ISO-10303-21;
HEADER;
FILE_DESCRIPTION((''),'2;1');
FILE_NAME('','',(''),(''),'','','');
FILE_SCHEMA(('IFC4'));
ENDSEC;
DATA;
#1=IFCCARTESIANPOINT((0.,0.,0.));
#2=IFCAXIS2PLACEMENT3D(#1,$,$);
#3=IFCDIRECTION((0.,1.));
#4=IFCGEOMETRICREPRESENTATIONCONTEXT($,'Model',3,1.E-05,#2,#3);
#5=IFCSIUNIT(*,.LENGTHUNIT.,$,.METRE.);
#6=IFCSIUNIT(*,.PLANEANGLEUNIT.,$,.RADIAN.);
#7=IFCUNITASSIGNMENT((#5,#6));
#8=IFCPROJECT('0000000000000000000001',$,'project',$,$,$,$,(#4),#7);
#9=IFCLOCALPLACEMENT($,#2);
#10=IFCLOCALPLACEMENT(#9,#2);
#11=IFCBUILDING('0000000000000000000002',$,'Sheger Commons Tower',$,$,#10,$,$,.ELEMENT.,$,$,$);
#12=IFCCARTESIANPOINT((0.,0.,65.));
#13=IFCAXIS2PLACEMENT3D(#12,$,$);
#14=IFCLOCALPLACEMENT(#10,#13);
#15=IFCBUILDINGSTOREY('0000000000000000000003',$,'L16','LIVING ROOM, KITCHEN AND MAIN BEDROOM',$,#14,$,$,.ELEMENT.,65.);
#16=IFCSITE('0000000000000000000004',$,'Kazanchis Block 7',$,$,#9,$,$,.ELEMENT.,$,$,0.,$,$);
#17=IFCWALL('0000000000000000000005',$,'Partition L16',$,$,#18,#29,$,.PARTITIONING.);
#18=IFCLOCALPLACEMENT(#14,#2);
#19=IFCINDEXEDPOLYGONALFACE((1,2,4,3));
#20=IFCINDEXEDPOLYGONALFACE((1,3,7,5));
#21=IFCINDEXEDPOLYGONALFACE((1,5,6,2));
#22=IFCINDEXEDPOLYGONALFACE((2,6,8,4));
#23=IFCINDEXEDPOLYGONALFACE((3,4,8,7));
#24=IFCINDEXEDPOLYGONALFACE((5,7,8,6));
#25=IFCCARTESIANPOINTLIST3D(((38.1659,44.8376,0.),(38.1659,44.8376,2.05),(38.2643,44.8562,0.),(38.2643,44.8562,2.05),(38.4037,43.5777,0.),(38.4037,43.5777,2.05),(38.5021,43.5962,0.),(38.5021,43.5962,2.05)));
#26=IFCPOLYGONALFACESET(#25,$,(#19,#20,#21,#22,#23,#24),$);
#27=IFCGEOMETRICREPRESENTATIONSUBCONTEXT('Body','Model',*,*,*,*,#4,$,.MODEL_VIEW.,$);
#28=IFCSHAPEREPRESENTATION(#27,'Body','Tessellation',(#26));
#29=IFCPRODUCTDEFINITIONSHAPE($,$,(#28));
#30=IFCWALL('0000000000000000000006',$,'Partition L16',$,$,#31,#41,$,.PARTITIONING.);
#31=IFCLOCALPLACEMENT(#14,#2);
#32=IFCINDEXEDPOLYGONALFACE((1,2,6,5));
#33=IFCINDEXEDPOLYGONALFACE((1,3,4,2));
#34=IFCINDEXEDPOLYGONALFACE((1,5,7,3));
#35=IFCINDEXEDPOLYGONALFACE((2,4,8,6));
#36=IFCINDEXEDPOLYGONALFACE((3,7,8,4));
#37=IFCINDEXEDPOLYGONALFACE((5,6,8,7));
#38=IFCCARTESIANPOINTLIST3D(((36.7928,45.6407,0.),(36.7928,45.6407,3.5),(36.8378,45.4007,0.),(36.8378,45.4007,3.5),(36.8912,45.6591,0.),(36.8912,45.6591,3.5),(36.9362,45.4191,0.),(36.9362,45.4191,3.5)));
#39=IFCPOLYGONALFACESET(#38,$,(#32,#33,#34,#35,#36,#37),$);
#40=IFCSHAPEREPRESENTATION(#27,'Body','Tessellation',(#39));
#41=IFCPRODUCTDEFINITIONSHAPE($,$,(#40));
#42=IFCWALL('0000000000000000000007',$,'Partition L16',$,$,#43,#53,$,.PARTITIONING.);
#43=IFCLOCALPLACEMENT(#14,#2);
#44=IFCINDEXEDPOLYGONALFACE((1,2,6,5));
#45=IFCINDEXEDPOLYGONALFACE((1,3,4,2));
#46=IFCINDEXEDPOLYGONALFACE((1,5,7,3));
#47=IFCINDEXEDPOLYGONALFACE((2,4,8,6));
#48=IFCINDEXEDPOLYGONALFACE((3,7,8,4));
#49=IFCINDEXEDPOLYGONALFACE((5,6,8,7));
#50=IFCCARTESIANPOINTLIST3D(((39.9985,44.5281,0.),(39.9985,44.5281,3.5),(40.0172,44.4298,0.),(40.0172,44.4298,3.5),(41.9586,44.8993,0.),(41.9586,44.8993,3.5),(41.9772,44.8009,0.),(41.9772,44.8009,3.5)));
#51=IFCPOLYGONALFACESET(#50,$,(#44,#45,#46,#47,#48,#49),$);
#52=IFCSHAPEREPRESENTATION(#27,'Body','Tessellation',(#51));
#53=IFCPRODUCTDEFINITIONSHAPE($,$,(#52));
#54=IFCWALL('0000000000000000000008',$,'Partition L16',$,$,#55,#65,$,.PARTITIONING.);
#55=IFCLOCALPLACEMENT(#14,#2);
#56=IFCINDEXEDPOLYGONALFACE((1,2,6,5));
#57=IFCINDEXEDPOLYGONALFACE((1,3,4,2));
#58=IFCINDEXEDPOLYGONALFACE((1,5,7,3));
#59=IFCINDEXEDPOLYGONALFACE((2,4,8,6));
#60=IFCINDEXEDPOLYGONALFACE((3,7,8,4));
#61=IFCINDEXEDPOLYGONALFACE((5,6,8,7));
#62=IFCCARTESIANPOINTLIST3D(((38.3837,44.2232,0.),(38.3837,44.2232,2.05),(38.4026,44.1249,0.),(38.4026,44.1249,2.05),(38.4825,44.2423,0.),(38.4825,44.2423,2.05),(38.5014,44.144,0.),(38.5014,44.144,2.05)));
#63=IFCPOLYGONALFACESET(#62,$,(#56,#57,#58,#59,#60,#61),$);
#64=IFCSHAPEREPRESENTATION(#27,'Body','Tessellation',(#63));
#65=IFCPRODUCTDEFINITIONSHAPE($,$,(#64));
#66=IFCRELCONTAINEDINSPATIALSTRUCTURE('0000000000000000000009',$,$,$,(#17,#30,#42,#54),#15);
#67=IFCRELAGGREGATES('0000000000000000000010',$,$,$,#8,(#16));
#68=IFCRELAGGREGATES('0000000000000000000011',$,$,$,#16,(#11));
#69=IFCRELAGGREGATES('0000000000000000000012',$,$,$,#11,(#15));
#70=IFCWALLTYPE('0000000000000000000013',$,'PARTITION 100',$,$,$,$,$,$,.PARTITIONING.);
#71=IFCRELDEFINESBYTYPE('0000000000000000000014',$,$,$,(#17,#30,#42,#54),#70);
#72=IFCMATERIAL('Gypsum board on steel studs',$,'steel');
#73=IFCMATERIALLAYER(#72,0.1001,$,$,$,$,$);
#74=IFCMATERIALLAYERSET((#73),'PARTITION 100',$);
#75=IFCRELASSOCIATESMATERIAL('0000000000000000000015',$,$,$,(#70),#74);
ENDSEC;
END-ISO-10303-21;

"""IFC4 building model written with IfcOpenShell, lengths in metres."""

from ifc_helpers import new_model, si_unit, direction, frame, frame_2d, origin, place, context, subcontext, project, spatial, rectangle, extrude, material, layer, layer_set, type_object, element, save


model = new_model("IFC4")

# Units and contexts
model_context = context("Model", 3, precision=1e-05, world=origin(), true_north=direction((0.0, 1.0)))
body_context = subcontext(model_context, "Body", "Model", "MODEL_VIEW")
ifc_project = project(units=[si_unit("LENGTHUNIT", "METRE"), si_unit("PLANEANGLEUNIT", "RADIAN")], contexts=[model_context])

# Site, building, storey
site_placement = place(None, origin())
site = spatial("IfcSite", under=ifc_project, at=site_placement, Name="Kazanchis Block 7", CompositionType="ELEMENT", RefElevation=0.0)
building_placement = place(site_placement, origin())
building = spatial("IfcBuilding", under=site, at=building_placement, Name="Sheger Commons Tower", CompositionType="ELEMENT")
storey_placement = place(building_placement, frame((0.0, 0.0, 65.0)))
storey = spatial("IfcBuildingStorey", under=building, at=storey_placement, Name="L16", Description="LIVING ROOM, KITCHEN AND MAIN BEDROOM", CompositionType="ELEMENT", Elevation=65.0)

# Walls
ifc_material_1 = material(Name="Gypsum board on steel studs", Category="steel")
ifc_layer_1 = layer(ifc_material_1, 0.1001)
ifc_layer_set_1 = layer_set([ifc_layer_1], Name="PARTITION 100")
wall_type_1 = type_object("IfcWallType", Name="PARTITION 100", PredefinedType="PARTITIONING", material=ifc_layer_set_1)
wall_1_placement = place(storey_placement, frame((38.2151, 44.8469, 0.0), z_axis=(0.0, 0.0, 1.0), x_axis=(0.185449, -0.982654, 0.0)))
element("IfcWall", 1, at=wall_1_placement, inside=storey, type_object=wall_type_1, Name="Partition L16", PredefinedType="PARTITIONING", context=body_context, shape_type="SweptSolid", body=[
    extrude(rectangle(XDim=1.2822, YDim=0.1001, at=frame_2d((0.6411, 0.0))), origin(), (0.0, 0.0, 1.0), 2.05),
])
wall_2_placement = place(storey_placement, frame((36.842, 45.6499, 0.0), z_axis=(0.0, 0.0, 1.0), x_axis=(0.183987, -0.982929, 0.0)))
element("IfcWall", 2, at=wall_2_placement, inside=storey, type_object=wall_type_1, Name="Partition L16", PredefinedType="PARTITIONING", context=body_context, shape_type="SweptSolid", body=[
    extrude(rectangle(XDim=0.2441, YDim=0.1001, at=frame_2d((0.1221, 0.0))), origin(), (0.0, 0.0, 1.0), 3.5),
])
wall_3_placement = place(storey_placement, frame((41.968, 44.8501, 0.0), z_axis=(0.0, 0.0, 1.0), x_axis=(-0.982544, -0.186032, 0.0)))
element("IfcWall", 3, at=wall_3_placement, inside=storey, type_object=wall_type_1, Name="Partition L16", PredefinedType="PARTITIONING", context=body_context, shape_type="SweptSolid", body=[
    extrude(rectangle(XDim=1.9949, YDim=0.1001, at=frame_2d((0.9976, 0.0))), origin(), (0.0, 0.0, 1.0), 3.5),
])
wall_4_placement = place(storey_placement, frame((38.4919, 44.1931, 0.0), z_axis=(0.0, 0.0, 1.0), x_axis=(-0.981955, -0.189117, 0.0)))
element("IfcWall", 4, at=wall_4_placement, inside=storey, type_object=wall_type_1, Name="Partition L16", PredefinedType="PARTITIONING", context=body_context, shape_type="SweptSolid", body=[
    extrude(rectangle(XDim=0.1006, YDim=0.1001, at=frame_2d((0.0503, 0.0))), origin(), (0.0, 0.0, 1.0), 2.05),
])

save(model, "model.ifc")
